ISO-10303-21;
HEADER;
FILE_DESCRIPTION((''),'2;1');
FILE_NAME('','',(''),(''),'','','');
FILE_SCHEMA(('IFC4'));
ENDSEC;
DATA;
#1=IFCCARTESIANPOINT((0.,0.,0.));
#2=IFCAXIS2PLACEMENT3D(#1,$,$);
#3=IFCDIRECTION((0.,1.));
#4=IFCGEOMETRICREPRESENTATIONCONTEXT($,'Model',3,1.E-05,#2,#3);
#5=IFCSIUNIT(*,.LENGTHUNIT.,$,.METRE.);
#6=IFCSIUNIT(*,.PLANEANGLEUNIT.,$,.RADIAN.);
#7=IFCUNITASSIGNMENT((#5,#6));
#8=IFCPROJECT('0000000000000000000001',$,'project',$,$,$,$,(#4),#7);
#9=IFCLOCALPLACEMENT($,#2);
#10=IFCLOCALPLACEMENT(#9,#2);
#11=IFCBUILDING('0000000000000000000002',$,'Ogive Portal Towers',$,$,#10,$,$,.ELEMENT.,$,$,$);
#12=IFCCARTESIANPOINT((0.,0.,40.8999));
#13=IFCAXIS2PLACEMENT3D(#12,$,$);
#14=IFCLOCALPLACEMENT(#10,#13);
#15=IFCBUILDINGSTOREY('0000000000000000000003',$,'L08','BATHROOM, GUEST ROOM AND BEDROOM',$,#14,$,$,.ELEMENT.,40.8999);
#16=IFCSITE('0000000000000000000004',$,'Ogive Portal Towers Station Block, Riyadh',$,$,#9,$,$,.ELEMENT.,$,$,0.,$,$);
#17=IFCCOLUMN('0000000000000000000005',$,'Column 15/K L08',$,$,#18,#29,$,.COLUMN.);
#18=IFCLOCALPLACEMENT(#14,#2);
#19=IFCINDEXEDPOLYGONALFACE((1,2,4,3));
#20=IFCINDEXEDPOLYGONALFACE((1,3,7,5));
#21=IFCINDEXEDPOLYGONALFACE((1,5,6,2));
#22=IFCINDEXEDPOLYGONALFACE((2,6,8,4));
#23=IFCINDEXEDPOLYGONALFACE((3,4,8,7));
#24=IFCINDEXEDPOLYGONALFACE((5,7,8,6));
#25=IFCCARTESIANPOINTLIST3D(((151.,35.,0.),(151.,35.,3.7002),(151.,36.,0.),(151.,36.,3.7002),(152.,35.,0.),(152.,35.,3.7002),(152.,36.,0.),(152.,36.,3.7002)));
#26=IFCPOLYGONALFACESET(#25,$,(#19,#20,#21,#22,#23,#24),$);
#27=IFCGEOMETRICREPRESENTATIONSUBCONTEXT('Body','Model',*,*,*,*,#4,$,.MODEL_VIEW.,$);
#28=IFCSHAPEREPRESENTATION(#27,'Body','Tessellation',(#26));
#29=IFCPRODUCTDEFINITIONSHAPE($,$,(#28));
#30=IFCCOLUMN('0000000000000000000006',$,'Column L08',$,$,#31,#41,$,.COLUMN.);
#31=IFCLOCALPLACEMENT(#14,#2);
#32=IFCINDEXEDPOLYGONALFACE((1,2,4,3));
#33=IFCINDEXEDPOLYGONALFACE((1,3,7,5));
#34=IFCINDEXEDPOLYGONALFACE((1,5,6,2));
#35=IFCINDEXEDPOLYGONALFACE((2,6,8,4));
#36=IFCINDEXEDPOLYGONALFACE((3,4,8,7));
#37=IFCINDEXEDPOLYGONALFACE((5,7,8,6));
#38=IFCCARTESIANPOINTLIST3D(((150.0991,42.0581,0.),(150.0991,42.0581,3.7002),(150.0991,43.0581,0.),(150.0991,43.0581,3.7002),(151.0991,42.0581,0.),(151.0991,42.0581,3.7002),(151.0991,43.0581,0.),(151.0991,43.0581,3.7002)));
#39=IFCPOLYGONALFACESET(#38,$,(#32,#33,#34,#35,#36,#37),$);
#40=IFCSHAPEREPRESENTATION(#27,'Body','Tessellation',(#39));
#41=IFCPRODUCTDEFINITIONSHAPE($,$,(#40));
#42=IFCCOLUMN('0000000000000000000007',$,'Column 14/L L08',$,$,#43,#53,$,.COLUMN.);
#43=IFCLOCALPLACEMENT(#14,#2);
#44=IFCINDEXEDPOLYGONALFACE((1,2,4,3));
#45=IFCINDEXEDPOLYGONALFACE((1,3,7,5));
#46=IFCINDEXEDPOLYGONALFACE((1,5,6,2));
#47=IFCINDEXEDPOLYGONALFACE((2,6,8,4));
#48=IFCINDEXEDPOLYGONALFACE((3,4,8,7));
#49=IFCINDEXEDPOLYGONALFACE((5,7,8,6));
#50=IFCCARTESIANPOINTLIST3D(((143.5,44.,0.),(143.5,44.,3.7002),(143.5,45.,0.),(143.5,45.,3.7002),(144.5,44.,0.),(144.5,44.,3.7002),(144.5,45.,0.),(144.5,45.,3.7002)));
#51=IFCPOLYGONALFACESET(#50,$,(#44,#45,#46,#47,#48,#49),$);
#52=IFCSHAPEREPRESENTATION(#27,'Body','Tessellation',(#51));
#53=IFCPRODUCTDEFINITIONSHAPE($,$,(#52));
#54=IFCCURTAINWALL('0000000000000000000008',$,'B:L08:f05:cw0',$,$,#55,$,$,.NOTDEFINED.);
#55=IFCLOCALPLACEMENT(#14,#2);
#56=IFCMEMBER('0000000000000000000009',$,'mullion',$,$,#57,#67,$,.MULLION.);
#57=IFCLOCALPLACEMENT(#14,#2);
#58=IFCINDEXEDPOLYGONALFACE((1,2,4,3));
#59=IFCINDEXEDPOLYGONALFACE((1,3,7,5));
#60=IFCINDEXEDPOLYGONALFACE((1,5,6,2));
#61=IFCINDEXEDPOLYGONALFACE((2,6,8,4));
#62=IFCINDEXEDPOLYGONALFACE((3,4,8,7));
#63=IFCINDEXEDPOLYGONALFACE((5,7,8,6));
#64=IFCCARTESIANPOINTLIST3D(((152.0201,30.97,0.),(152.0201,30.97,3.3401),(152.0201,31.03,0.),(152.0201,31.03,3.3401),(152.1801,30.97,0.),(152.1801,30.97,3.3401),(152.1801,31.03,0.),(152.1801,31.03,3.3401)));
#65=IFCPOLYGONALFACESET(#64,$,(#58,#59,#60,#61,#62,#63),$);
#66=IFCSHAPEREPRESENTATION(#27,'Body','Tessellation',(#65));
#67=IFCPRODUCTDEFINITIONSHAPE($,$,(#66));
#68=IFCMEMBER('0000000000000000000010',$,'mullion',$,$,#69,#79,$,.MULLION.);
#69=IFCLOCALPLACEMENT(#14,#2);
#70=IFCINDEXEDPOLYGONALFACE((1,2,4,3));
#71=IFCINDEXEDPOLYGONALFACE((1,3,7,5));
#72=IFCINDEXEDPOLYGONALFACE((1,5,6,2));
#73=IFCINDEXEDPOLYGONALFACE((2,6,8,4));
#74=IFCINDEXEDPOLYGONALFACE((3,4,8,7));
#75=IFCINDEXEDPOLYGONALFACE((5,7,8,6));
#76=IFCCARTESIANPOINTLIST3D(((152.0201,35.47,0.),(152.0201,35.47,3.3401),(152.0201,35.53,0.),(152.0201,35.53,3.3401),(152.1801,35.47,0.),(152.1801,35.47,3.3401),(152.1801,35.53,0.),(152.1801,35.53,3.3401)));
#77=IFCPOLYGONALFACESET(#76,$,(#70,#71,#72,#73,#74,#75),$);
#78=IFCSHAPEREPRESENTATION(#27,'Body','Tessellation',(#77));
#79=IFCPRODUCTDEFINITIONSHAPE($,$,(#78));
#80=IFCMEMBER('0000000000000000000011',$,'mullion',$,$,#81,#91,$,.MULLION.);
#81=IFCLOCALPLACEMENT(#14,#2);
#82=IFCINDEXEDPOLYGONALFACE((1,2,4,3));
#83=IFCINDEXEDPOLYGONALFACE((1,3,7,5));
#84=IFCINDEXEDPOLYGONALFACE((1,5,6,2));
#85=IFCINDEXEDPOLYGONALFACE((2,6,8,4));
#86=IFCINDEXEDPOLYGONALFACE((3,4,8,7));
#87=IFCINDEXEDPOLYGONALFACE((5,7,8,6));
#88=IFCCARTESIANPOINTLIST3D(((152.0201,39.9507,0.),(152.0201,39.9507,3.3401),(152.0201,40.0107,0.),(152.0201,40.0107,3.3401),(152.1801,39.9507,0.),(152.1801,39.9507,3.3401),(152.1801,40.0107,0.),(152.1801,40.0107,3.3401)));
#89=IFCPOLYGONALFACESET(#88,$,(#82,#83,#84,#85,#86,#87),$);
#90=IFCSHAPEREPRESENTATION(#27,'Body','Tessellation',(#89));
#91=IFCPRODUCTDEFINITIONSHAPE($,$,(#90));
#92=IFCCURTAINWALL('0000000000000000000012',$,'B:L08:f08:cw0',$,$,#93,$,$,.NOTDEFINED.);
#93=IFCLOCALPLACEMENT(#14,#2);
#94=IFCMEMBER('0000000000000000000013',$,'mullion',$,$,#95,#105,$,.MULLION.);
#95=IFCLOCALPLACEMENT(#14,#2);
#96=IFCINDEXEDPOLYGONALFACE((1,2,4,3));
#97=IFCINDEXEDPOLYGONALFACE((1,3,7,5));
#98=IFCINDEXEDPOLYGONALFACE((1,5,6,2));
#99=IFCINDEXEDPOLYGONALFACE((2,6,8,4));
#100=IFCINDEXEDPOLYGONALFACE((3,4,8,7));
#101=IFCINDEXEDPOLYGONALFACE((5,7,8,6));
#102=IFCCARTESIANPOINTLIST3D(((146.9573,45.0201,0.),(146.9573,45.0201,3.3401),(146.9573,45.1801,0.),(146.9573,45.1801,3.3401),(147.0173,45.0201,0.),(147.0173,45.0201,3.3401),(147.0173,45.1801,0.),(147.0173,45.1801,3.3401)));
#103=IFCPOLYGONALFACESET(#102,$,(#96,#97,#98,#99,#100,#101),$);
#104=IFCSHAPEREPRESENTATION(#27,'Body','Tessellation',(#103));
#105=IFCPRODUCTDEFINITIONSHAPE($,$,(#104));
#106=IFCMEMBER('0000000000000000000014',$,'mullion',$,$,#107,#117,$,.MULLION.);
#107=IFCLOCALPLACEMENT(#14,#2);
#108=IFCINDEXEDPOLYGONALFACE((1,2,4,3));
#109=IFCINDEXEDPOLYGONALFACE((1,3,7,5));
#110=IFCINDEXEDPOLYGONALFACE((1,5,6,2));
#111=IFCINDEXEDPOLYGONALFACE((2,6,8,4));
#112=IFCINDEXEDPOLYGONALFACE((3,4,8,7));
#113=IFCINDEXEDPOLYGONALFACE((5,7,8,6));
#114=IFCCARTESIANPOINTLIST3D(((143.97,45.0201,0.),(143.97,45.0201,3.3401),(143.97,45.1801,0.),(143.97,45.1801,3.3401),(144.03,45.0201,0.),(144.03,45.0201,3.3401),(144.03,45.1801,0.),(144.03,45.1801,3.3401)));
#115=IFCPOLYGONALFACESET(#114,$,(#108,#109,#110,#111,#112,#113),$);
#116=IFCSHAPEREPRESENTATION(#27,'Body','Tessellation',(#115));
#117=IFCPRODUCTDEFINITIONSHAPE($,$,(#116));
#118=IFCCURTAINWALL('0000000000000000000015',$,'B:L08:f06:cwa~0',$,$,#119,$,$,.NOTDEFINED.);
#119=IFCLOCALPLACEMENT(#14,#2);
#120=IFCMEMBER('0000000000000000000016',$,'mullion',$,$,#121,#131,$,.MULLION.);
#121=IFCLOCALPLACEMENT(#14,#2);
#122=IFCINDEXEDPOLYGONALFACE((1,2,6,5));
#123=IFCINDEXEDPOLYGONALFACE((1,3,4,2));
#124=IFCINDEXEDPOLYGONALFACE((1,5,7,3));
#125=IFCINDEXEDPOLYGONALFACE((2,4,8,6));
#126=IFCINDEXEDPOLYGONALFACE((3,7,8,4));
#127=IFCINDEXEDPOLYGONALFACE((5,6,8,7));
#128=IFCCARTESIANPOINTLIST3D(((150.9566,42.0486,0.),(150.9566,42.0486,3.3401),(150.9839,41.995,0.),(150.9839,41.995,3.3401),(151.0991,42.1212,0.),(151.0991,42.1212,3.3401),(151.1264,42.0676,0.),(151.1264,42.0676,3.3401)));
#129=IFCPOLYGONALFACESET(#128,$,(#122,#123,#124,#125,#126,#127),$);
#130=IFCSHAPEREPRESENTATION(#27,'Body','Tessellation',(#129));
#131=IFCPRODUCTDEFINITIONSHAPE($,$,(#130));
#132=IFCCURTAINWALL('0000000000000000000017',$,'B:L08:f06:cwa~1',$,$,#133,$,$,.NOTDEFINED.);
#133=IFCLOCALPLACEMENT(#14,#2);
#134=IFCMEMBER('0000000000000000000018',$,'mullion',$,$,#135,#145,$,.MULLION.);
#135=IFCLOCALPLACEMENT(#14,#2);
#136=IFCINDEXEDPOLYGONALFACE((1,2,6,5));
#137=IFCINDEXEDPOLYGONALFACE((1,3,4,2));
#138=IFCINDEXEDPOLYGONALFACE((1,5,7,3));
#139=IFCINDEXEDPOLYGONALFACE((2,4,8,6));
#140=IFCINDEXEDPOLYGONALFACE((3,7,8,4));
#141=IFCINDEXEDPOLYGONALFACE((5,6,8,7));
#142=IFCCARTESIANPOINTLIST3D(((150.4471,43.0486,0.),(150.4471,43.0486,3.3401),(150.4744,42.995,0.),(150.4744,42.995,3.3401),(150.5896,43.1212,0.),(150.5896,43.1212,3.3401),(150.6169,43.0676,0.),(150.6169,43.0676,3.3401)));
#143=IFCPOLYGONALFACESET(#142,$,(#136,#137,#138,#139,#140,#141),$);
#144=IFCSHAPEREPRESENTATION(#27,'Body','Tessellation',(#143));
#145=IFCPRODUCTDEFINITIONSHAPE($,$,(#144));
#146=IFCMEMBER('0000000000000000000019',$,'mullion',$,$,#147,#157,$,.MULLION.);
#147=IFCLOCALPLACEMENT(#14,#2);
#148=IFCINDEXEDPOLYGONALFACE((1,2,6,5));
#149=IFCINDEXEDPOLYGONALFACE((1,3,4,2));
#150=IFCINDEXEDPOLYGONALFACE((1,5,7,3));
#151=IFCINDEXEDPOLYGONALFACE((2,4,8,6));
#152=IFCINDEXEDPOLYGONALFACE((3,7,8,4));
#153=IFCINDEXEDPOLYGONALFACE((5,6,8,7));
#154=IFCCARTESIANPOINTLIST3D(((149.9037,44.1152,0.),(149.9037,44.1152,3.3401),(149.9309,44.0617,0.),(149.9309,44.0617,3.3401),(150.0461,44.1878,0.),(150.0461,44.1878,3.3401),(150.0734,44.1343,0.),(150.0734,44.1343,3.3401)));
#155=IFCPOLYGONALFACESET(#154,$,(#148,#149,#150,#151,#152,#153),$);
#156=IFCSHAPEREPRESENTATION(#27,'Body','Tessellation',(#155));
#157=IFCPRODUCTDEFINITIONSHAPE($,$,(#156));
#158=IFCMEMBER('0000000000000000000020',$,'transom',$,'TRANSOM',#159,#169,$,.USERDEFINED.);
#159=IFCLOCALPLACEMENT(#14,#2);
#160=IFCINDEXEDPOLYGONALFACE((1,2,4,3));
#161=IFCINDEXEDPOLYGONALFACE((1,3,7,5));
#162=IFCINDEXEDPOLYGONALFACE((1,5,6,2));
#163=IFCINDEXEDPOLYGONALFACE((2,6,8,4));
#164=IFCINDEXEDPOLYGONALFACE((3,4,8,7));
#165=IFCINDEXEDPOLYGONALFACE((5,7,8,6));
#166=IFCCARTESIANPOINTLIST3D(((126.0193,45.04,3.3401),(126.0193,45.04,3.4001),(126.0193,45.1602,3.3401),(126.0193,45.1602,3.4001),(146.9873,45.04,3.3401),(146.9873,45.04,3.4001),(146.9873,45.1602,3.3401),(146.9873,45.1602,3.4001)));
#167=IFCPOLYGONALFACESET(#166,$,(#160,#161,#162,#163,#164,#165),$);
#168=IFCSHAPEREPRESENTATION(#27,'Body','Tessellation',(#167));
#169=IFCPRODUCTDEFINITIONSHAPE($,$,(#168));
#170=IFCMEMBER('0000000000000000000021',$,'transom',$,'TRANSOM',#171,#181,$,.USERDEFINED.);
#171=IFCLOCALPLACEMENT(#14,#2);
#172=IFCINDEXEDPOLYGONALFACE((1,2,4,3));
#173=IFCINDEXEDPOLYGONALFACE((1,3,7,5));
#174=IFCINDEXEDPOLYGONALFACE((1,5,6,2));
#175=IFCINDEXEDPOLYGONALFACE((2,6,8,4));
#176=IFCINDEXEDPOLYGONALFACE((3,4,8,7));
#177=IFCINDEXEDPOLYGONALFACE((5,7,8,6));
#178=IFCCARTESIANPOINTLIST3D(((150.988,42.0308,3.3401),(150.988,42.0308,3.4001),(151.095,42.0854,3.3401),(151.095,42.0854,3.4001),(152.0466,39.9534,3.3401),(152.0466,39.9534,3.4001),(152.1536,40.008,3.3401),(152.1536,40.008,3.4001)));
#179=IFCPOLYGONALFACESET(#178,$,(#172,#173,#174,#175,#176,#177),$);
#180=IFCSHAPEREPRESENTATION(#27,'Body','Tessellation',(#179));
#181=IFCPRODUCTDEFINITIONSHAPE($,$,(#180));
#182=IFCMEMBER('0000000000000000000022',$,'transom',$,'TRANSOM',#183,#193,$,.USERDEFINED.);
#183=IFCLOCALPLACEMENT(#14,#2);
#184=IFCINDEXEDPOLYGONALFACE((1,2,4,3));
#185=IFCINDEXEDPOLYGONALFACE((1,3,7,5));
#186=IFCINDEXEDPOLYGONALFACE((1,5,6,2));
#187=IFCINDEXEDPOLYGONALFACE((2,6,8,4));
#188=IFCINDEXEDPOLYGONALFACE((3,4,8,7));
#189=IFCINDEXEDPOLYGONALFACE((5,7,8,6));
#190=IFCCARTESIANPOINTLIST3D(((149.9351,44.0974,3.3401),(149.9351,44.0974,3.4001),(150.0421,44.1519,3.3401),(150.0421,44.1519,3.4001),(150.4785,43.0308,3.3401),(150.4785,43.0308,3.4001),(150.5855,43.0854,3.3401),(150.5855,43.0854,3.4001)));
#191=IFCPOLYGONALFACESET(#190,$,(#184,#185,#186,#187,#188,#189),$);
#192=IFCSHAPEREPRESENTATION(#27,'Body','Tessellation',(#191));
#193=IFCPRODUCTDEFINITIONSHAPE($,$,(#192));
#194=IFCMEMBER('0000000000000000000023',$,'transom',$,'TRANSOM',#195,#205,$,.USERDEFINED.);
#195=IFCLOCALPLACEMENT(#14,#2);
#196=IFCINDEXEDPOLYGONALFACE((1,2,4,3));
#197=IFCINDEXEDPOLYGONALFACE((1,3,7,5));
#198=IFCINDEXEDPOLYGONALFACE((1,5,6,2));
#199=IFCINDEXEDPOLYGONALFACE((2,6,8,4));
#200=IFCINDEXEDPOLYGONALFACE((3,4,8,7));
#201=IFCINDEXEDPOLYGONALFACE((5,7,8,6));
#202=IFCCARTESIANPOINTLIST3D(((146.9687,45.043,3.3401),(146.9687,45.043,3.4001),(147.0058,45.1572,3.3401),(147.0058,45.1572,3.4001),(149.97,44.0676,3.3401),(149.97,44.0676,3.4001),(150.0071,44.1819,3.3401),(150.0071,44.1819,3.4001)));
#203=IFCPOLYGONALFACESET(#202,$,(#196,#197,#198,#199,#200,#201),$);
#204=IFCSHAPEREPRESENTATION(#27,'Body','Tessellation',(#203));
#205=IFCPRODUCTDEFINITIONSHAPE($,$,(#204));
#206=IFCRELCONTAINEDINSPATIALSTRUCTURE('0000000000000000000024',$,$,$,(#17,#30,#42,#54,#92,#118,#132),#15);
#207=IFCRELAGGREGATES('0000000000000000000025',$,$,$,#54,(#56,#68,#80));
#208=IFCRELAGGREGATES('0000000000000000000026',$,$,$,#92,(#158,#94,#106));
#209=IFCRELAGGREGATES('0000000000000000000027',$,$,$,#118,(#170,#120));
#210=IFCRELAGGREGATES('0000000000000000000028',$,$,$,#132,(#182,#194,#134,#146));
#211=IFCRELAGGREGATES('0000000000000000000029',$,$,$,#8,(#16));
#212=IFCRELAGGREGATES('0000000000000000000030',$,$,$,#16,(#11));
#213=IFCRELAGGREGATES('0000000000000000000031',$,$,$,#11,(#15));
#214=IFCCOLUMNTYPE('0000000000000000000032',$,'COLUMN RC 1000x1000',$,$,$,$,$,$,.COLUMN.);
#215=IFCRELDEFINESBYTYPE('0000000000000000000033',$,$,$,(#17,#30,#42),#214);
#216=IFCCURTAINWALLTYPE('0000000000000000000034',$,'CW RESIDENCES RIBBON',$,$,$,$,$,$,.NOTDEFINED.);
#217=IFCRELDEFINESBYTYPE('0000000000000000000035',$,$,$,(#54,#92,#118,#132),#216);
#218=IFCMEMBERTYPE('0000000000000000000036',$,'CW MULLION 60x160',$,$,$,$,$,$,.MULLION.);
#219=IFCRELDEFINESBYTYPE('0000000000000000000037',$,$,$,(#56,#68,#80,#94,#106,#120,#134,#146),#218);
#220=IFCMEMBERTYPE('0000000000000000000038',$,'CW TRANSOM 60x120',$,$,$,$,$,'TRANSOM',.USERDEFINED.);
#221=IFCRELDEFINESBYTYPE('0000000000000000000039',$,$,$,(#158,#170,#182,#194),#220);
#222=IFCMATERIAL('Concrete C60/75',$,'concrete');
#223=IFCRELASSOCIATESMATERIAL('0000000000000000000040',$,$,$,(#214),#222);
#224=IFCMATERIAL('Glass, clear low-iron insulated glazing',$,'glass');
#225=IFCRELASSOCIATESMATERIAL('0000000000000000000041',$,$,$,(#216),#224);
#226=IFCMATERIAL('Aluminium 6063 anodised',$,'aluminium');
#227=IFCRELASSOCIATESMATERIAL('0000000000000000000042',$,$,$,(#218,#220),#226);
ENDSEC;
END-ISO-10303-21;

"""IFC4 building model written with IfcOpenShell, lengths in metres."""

from ifc_helpers import new_model, si_unit, direction, frame, origin, origin_2d, place, context, subcontext, project, spatial, rectangle, extrude, material, material_profile, profile_set, type_object, element, aggregate, save


model = new_model("IFC4")

# Units and contexts
model_context = context("Model", 3, precision=1e-05, world=origin(), true_north=direction((0.0, 1.0)))
body_context = subcontext(model_context, "Body", "Model", "MODEL_VIEW")
ifc_project = project(units=[si_unit("LENGTHUNIT", "METRE"), si_unit("PLANEANGLEUNIT", "RADIAN")], contexts=[model_context])

# Site, building, storey
site_placement = place(None, origin())
site = spatial("IfcSite", under=ifc_project, at=site_placement, Name="Ogive Portal Towers Station Block, Riyadh", CompositionType="ELEMENT", RefElevation=0.0)
building_placement = place(site_placement, origin())
building = spatial("IfcBuilding", under=site, at=building_placement, Name="Ogive Portal Towers", CompositionType="ELEMENT")
storey_placement = place(building_placement, frame((0.0, 0.0, 40.8999)))
storey = spatial("IfcBuildingStorey", under=building, at=storey_placement, Name="L08", Description="BATHROOM, GUEST ROOM AND BEDROOM", CompositionType="ELEMENT", Elevation=40.8999)

# Columns
ifc_material_1 = material(Name="Concrete C60/75", Category="concrete")
ifc_material_profile_1 = material_profile(ifc_material_1, rectangle(XDim=1.0, YDim=1.0, at=origin_2d()), Name="RC 1000x1000")
ifc_profile_set_1 = profile_set([ifc_material_profile_1], Name="Concrete C60/75")
column_type = type_object("IfcColumnType", Name="COLUMN RC 1000x1000", PredefinedType="COLUMN", material=ifc_profile_set_1)
for number, where, z_axis, x_axis, name in (
    (1, (151.5, 35.5, 0.0), (0.0, 0.0, 1.0), (1.0, 0.0, 0.0), "Column 15/K L08"),
    (2, (150.5991, 42.5581, 0.0), (0.0, 0.0, 1.0), (1.0, 0.0, 0.0), "Column L08"),
    (3, (144.0, 44.5, 0.0), (0.0, 0.0, 1.0), (1.0, 0.0, 0.0), "Column 14/L L08"),
):
    element("IfcColumn", number, at=place(storey_placement, frame(where, z_axis=z_axis, x_axis=x_axis)), inside=storey, type_object=column_type, Name=name, PredefinedType="COLUMN", context=body_context, shape_type="SweptSolid", body=[
        extrude(rectangle(XDim=1.0, YDim=1.0, at=origin_2d()), origin(), (0.0, 0.0, 1.0), 3.7002),
    ])

# Curtain walls, members
ifc_material_2 = material(Name="Glass, clear low-iron insulated glazing", Category="glass")
curtain_wall_type = type_object("IfcCurtainWallType", Name="CW RESIDENCES RIBBON", PredefinedType="NOTDEFINED", material=ifc_material_2)
curtain_wall_1_placement = place(storey_placement, origin())
curtain_wall_1 = element("IfcCurtainWall", 4, at=curtain_wall_1_placement, inside=storey, type_object=curtain_wall_type, Name="B:L08:f05:cw0", PredefinedType="NOTDEFINED")
ifc_material_3 = material(Name="Aluminium 6063 anodised", Category="aluminium")
ifc_material_profile_2 = material_profile(ifc_material_3, rectangle(XDim=0.1599, YDim=0.0601, at=origin_2d()), Name="AL 60x160")
ifc_profile_set_2 = profile_set([ifc_material_profile_2], Name="Aluminium 6063 anodised")
member_type_1 = type_object("IfcMemberType", Name="CW MULLION 60x160", PredefinedType="MULLION", material=ifc_profile_set_2)
member_1_placement = place(storey_placement, frame((152.1001, 31.0, 0.0), z_axis=(0.0, 0.0, 1.0), x_axis=(-1.0, 0.0, 0.0)))
member_1 = element("IfcMember", 5, at=member_1_placement, type_object=member_type_1, Name="mullion", PredefinedType="MULLION", context=body_context, shape_type="SweptSolid", body=[
    extrude(rectangle(XDim=0.1599, YDim=0.0601, at=origin_2d()), origin(), (0.0, 0.0, 1.0), 3.3401),
])
member_2_placement = place(storey_placement, frame((152.1001, 35.5, 0.0), z_axis=(0.0, 0.0, 1.0), x_axis=(-1.0, 0.0, 0.0)))
member_2 = element("IfcMember", 6, at=member_2_placement, type_object=member_type_1, Name="mullion", PredefinedType="MULLION", context=body_context, shape_type="SweptSolid", body=[
    extrude(rectangle(XDim=0.1599, YDim=0.0601, at=origin_2d()), origin(), (0.0, 0.0, 1.0), 3.3401),
])
member_3_placement = place(storey_placement, frame((152.1001, 39.9807, 0.0), z_axis=(0.0, 0.0, 1.0), x_axis=(-1.0, 0.0, 0.0)))
member_3 = element("IfcMember", 7, at=member_3_placement, type_object=member_type_1, Name="mullion", PredefinedType="MULLION", context=body_context, shape_type="SweptSolid", body=[
    extrude(rectangle(XDim=0.1599, YDim=0.0601, at=origin_2d()), origin(), (0.0, 0.0, 1.0), 3.3401),
])
curtain_wall_2_placement = place(storey_placement, origin())
curtain_wall_2 = element("IfcCurtainWall", 8, at=curtain_wall_2_placement, inside=storey, type_object=curtain_wall_type, Name="B:L08:f08:cw0", PredefinedType="NOTDEFINED")
member_4_placement = place(storey_placement, frame((146.9873, 45.1001, 0.0), z_axis=(0.0, 0.0, 1.0), x_axis=(0.0, -1.0, 0.0)))
member_4 = element("IfcMember", 9, at=member_4_placement, type_object=member_type_1, Name="mullion", PredefinedType="MULLION", context=body_context, shape_type="SweptSolid", body=[
    extrude(rectangle(XDim=0.1599, YDim=0.0601, at=origin_2d()), origin(), (0.0, 0.0, 1.0), 3.3401),
])
member_5_placement = place(storey_placement, frame((144.0, 45.1001, 0.0), z_axis=(0.0, 0.0, 1.0), x_axis=(0.0, -1.0, 0.0)))
member_5 = element("IfcMember", 10, at=member_5_placement, type_object=member_type_1, Name="mullion", PredefinedType="MULLION", context=body_context, shape_type="SweptSolid", body=[
    extrude(rectangle(XDim=0.1599, YDim=0.0601, at=origin_2d()), origin(), (0.0, 0.0, 1.0), 3.3401),
])

# Curtain wall, member
curtain_wall_3_placement = place(storey_placement, origin())
curtain_wall_3 = element("IfcCurtainWall", 11, at=curtain_wall_3_placement, inside=storey, type_object=curtain_wall_type, Name="B:L08:f06:cwa~0", PredefinedType="NOTDEFINED")
member_6_placement = place(storey_placement, frame((151.0415, 42.0581, 0.0), z_axis=(0.0, 0.0, 1.0), x_axis=(-0.891007, -0.45399, 0.0)))
member_6 = element("IfcMember", 12, at=member_6_placement, type_object=member_type_1, Name="mullion", PredefinedType="MULLION", context=body_context, shape_type="SweptSolid", body=[
    extrude(rectangle(XDim=0.1599, YDim=0.0601, at=origin_2d()), origin(), (0.0, 0.0, 1.0), 3.3401),
])

# Curtain wall, members
curtain_wall_4_placement = place(storey_placement, origin())
curtain_wall_4 = element("IfcCurtainWall", 13, at=curtain_wall_4_placement, inside=storey, type_object=curtain_wall_type, Name="B:L08:f06:cwa~1", PredefinedType="NOTDEFINED")
member_7_placement = place(storey_placement, frame((150.532, 43.0581, 0.0), z_axis=(0.0, 0.0, 1.0), x_axis=(-0.891007, -0.45399, 0.0)))
member_7 = element("IfcMember", 14, at=member_7_placement, type_object=member_type_1, Name="mullion", PredefinedType="MULLION", context=body_context, shape_type="SweptSolid", body=[
    extrude(rectangle(XDim=0.1599, YDim=0.0601, at=origin_2d()), origin(), (0.0, 0.0, 1.0), 3.3401),
])
member_8_placement = place(storey_placement, frame((149.9885, 44.1248, 0.0), z_axis=(0.0, 0.0, 1.0), x_axis=(-0.891007, -0.45399, 0.0)))
member_8 = element("IfcMember", 15, at=member_8_placement, type_object=member_type_1, Name="mullion", PredefinedType="MULLION", context=body_context, shape_type="SweptSolid", body=[
    extrude(rectangle(XDim=0.1599, YDim=0.0601, at=origin_2d()), origin(), (0.0, 0.0, 1.0), 3.3401),
])

# Members
ifc_material_profile_3 = material_profile(ifc_material_3, rectangle(XDim=0.1201, YDim=0.0601, at=origin_2d()), Name="AL 120x60")
ifc_profile_set_3 = profile_set([ifc_material_profile_3], Name="Aluminium 6063 anodised")
member_type_2 = type_object("IfcMemberType", Name="CW TRANSOM 60x120", ElementType="TRANSOM", PredefinedType="USERDEFINED", material=ifc_profile_set_3)
member_9_placement = place(storey_placement, frame((146.9873, 45.1001, 3.3701), z_axis=(-1.0, 0.0, 0.0), x_axis=(0.0, -1.0, 0.0)))
member_9 = element("IfcMember", 16, at=member_9_placement, type_object=member_type_2, Name="transom", ObjectType="TRANSOM", PredefinedType="USERDEFINED", context=body_context, shape_type="SweptSolid", body=[
    extrude(rectangle(XDim=0.1201, YDim=0.0601, at=origin_2d()), origin(), (0.0, 0.0, 1.0), 20.968),
])
member_10_placement = place(storey_placement, frame((152.1001, 39.9807, 3.3701), z_axis=(-0.454028, 0.890988, 0.0), x_axis=(-0.890988, -0.454028, 0.0)))
member_10 = element("IfcMember", 17, at=member_10_placement, type_object=member_type_2, Name="transom", ObjectType="TRANSOM", PredefinedType="USERDEFINED", context=body_context, shape_type="SweptSolid", body=[
    extrude(rectangle(XDim=0.1201, YDim=0.0601, at=origin_2d()), origin(), (0.0, 0.0, 1.0), 2.3315),
])
member_11_placement = place(storey_placement, frame((150.532, 43.0581, 3.3701), z_axis=(-0.453972, 0.891016, 0.0), x_axis=(-0.891016, -0.453972, 0.0)))
member_11 = element("IfcMember", 18, at=member_11_placement, type_object=member_type_2, Name="transom", ObjectType="TRANSOM", PredefinedType="USERDEFINED", context=body_context, shape_type="SweptSolid", body=[
    extrude(rectangle(XDim=0.1201, YDim=0.0601, at=origin_2d()), origin(), (0.0, 0.0, 1.0), 1.197),
])
member_12_placement = place(storey_placement, frame((149.9885, 44.1248, 3.3701), z_axis=(-0.951039, 0.30907, 0.0), x_axis=(-0.30907, -0.951039, 0.0)))
member_12 = element("IfcMember", 19, at=member_12_placement, type_object=member_type_2, Name="transom", ObjectType="TRANSOM", PredefinedType="USERDEFINED", context=body_context, shape_type="SweptSolid", body=[
    extrude(rectangle(XDim=0.1201, YDim=0.0601, at=origin_2d()), origin(), (0.0, 0.0, 1.0), 3.1558),
])

aggregate(curtain_wall_1, [member_1, member_2, member_3])
aggregate(curtain_wall_2, [member_9, member_4, member_5])
aggregate(curtain_wall_3, [member_10, member_6])
aggregate(curtain_wall_4, [member_11, member_12, member_7, member_8])

save(model, "model.ifc")
